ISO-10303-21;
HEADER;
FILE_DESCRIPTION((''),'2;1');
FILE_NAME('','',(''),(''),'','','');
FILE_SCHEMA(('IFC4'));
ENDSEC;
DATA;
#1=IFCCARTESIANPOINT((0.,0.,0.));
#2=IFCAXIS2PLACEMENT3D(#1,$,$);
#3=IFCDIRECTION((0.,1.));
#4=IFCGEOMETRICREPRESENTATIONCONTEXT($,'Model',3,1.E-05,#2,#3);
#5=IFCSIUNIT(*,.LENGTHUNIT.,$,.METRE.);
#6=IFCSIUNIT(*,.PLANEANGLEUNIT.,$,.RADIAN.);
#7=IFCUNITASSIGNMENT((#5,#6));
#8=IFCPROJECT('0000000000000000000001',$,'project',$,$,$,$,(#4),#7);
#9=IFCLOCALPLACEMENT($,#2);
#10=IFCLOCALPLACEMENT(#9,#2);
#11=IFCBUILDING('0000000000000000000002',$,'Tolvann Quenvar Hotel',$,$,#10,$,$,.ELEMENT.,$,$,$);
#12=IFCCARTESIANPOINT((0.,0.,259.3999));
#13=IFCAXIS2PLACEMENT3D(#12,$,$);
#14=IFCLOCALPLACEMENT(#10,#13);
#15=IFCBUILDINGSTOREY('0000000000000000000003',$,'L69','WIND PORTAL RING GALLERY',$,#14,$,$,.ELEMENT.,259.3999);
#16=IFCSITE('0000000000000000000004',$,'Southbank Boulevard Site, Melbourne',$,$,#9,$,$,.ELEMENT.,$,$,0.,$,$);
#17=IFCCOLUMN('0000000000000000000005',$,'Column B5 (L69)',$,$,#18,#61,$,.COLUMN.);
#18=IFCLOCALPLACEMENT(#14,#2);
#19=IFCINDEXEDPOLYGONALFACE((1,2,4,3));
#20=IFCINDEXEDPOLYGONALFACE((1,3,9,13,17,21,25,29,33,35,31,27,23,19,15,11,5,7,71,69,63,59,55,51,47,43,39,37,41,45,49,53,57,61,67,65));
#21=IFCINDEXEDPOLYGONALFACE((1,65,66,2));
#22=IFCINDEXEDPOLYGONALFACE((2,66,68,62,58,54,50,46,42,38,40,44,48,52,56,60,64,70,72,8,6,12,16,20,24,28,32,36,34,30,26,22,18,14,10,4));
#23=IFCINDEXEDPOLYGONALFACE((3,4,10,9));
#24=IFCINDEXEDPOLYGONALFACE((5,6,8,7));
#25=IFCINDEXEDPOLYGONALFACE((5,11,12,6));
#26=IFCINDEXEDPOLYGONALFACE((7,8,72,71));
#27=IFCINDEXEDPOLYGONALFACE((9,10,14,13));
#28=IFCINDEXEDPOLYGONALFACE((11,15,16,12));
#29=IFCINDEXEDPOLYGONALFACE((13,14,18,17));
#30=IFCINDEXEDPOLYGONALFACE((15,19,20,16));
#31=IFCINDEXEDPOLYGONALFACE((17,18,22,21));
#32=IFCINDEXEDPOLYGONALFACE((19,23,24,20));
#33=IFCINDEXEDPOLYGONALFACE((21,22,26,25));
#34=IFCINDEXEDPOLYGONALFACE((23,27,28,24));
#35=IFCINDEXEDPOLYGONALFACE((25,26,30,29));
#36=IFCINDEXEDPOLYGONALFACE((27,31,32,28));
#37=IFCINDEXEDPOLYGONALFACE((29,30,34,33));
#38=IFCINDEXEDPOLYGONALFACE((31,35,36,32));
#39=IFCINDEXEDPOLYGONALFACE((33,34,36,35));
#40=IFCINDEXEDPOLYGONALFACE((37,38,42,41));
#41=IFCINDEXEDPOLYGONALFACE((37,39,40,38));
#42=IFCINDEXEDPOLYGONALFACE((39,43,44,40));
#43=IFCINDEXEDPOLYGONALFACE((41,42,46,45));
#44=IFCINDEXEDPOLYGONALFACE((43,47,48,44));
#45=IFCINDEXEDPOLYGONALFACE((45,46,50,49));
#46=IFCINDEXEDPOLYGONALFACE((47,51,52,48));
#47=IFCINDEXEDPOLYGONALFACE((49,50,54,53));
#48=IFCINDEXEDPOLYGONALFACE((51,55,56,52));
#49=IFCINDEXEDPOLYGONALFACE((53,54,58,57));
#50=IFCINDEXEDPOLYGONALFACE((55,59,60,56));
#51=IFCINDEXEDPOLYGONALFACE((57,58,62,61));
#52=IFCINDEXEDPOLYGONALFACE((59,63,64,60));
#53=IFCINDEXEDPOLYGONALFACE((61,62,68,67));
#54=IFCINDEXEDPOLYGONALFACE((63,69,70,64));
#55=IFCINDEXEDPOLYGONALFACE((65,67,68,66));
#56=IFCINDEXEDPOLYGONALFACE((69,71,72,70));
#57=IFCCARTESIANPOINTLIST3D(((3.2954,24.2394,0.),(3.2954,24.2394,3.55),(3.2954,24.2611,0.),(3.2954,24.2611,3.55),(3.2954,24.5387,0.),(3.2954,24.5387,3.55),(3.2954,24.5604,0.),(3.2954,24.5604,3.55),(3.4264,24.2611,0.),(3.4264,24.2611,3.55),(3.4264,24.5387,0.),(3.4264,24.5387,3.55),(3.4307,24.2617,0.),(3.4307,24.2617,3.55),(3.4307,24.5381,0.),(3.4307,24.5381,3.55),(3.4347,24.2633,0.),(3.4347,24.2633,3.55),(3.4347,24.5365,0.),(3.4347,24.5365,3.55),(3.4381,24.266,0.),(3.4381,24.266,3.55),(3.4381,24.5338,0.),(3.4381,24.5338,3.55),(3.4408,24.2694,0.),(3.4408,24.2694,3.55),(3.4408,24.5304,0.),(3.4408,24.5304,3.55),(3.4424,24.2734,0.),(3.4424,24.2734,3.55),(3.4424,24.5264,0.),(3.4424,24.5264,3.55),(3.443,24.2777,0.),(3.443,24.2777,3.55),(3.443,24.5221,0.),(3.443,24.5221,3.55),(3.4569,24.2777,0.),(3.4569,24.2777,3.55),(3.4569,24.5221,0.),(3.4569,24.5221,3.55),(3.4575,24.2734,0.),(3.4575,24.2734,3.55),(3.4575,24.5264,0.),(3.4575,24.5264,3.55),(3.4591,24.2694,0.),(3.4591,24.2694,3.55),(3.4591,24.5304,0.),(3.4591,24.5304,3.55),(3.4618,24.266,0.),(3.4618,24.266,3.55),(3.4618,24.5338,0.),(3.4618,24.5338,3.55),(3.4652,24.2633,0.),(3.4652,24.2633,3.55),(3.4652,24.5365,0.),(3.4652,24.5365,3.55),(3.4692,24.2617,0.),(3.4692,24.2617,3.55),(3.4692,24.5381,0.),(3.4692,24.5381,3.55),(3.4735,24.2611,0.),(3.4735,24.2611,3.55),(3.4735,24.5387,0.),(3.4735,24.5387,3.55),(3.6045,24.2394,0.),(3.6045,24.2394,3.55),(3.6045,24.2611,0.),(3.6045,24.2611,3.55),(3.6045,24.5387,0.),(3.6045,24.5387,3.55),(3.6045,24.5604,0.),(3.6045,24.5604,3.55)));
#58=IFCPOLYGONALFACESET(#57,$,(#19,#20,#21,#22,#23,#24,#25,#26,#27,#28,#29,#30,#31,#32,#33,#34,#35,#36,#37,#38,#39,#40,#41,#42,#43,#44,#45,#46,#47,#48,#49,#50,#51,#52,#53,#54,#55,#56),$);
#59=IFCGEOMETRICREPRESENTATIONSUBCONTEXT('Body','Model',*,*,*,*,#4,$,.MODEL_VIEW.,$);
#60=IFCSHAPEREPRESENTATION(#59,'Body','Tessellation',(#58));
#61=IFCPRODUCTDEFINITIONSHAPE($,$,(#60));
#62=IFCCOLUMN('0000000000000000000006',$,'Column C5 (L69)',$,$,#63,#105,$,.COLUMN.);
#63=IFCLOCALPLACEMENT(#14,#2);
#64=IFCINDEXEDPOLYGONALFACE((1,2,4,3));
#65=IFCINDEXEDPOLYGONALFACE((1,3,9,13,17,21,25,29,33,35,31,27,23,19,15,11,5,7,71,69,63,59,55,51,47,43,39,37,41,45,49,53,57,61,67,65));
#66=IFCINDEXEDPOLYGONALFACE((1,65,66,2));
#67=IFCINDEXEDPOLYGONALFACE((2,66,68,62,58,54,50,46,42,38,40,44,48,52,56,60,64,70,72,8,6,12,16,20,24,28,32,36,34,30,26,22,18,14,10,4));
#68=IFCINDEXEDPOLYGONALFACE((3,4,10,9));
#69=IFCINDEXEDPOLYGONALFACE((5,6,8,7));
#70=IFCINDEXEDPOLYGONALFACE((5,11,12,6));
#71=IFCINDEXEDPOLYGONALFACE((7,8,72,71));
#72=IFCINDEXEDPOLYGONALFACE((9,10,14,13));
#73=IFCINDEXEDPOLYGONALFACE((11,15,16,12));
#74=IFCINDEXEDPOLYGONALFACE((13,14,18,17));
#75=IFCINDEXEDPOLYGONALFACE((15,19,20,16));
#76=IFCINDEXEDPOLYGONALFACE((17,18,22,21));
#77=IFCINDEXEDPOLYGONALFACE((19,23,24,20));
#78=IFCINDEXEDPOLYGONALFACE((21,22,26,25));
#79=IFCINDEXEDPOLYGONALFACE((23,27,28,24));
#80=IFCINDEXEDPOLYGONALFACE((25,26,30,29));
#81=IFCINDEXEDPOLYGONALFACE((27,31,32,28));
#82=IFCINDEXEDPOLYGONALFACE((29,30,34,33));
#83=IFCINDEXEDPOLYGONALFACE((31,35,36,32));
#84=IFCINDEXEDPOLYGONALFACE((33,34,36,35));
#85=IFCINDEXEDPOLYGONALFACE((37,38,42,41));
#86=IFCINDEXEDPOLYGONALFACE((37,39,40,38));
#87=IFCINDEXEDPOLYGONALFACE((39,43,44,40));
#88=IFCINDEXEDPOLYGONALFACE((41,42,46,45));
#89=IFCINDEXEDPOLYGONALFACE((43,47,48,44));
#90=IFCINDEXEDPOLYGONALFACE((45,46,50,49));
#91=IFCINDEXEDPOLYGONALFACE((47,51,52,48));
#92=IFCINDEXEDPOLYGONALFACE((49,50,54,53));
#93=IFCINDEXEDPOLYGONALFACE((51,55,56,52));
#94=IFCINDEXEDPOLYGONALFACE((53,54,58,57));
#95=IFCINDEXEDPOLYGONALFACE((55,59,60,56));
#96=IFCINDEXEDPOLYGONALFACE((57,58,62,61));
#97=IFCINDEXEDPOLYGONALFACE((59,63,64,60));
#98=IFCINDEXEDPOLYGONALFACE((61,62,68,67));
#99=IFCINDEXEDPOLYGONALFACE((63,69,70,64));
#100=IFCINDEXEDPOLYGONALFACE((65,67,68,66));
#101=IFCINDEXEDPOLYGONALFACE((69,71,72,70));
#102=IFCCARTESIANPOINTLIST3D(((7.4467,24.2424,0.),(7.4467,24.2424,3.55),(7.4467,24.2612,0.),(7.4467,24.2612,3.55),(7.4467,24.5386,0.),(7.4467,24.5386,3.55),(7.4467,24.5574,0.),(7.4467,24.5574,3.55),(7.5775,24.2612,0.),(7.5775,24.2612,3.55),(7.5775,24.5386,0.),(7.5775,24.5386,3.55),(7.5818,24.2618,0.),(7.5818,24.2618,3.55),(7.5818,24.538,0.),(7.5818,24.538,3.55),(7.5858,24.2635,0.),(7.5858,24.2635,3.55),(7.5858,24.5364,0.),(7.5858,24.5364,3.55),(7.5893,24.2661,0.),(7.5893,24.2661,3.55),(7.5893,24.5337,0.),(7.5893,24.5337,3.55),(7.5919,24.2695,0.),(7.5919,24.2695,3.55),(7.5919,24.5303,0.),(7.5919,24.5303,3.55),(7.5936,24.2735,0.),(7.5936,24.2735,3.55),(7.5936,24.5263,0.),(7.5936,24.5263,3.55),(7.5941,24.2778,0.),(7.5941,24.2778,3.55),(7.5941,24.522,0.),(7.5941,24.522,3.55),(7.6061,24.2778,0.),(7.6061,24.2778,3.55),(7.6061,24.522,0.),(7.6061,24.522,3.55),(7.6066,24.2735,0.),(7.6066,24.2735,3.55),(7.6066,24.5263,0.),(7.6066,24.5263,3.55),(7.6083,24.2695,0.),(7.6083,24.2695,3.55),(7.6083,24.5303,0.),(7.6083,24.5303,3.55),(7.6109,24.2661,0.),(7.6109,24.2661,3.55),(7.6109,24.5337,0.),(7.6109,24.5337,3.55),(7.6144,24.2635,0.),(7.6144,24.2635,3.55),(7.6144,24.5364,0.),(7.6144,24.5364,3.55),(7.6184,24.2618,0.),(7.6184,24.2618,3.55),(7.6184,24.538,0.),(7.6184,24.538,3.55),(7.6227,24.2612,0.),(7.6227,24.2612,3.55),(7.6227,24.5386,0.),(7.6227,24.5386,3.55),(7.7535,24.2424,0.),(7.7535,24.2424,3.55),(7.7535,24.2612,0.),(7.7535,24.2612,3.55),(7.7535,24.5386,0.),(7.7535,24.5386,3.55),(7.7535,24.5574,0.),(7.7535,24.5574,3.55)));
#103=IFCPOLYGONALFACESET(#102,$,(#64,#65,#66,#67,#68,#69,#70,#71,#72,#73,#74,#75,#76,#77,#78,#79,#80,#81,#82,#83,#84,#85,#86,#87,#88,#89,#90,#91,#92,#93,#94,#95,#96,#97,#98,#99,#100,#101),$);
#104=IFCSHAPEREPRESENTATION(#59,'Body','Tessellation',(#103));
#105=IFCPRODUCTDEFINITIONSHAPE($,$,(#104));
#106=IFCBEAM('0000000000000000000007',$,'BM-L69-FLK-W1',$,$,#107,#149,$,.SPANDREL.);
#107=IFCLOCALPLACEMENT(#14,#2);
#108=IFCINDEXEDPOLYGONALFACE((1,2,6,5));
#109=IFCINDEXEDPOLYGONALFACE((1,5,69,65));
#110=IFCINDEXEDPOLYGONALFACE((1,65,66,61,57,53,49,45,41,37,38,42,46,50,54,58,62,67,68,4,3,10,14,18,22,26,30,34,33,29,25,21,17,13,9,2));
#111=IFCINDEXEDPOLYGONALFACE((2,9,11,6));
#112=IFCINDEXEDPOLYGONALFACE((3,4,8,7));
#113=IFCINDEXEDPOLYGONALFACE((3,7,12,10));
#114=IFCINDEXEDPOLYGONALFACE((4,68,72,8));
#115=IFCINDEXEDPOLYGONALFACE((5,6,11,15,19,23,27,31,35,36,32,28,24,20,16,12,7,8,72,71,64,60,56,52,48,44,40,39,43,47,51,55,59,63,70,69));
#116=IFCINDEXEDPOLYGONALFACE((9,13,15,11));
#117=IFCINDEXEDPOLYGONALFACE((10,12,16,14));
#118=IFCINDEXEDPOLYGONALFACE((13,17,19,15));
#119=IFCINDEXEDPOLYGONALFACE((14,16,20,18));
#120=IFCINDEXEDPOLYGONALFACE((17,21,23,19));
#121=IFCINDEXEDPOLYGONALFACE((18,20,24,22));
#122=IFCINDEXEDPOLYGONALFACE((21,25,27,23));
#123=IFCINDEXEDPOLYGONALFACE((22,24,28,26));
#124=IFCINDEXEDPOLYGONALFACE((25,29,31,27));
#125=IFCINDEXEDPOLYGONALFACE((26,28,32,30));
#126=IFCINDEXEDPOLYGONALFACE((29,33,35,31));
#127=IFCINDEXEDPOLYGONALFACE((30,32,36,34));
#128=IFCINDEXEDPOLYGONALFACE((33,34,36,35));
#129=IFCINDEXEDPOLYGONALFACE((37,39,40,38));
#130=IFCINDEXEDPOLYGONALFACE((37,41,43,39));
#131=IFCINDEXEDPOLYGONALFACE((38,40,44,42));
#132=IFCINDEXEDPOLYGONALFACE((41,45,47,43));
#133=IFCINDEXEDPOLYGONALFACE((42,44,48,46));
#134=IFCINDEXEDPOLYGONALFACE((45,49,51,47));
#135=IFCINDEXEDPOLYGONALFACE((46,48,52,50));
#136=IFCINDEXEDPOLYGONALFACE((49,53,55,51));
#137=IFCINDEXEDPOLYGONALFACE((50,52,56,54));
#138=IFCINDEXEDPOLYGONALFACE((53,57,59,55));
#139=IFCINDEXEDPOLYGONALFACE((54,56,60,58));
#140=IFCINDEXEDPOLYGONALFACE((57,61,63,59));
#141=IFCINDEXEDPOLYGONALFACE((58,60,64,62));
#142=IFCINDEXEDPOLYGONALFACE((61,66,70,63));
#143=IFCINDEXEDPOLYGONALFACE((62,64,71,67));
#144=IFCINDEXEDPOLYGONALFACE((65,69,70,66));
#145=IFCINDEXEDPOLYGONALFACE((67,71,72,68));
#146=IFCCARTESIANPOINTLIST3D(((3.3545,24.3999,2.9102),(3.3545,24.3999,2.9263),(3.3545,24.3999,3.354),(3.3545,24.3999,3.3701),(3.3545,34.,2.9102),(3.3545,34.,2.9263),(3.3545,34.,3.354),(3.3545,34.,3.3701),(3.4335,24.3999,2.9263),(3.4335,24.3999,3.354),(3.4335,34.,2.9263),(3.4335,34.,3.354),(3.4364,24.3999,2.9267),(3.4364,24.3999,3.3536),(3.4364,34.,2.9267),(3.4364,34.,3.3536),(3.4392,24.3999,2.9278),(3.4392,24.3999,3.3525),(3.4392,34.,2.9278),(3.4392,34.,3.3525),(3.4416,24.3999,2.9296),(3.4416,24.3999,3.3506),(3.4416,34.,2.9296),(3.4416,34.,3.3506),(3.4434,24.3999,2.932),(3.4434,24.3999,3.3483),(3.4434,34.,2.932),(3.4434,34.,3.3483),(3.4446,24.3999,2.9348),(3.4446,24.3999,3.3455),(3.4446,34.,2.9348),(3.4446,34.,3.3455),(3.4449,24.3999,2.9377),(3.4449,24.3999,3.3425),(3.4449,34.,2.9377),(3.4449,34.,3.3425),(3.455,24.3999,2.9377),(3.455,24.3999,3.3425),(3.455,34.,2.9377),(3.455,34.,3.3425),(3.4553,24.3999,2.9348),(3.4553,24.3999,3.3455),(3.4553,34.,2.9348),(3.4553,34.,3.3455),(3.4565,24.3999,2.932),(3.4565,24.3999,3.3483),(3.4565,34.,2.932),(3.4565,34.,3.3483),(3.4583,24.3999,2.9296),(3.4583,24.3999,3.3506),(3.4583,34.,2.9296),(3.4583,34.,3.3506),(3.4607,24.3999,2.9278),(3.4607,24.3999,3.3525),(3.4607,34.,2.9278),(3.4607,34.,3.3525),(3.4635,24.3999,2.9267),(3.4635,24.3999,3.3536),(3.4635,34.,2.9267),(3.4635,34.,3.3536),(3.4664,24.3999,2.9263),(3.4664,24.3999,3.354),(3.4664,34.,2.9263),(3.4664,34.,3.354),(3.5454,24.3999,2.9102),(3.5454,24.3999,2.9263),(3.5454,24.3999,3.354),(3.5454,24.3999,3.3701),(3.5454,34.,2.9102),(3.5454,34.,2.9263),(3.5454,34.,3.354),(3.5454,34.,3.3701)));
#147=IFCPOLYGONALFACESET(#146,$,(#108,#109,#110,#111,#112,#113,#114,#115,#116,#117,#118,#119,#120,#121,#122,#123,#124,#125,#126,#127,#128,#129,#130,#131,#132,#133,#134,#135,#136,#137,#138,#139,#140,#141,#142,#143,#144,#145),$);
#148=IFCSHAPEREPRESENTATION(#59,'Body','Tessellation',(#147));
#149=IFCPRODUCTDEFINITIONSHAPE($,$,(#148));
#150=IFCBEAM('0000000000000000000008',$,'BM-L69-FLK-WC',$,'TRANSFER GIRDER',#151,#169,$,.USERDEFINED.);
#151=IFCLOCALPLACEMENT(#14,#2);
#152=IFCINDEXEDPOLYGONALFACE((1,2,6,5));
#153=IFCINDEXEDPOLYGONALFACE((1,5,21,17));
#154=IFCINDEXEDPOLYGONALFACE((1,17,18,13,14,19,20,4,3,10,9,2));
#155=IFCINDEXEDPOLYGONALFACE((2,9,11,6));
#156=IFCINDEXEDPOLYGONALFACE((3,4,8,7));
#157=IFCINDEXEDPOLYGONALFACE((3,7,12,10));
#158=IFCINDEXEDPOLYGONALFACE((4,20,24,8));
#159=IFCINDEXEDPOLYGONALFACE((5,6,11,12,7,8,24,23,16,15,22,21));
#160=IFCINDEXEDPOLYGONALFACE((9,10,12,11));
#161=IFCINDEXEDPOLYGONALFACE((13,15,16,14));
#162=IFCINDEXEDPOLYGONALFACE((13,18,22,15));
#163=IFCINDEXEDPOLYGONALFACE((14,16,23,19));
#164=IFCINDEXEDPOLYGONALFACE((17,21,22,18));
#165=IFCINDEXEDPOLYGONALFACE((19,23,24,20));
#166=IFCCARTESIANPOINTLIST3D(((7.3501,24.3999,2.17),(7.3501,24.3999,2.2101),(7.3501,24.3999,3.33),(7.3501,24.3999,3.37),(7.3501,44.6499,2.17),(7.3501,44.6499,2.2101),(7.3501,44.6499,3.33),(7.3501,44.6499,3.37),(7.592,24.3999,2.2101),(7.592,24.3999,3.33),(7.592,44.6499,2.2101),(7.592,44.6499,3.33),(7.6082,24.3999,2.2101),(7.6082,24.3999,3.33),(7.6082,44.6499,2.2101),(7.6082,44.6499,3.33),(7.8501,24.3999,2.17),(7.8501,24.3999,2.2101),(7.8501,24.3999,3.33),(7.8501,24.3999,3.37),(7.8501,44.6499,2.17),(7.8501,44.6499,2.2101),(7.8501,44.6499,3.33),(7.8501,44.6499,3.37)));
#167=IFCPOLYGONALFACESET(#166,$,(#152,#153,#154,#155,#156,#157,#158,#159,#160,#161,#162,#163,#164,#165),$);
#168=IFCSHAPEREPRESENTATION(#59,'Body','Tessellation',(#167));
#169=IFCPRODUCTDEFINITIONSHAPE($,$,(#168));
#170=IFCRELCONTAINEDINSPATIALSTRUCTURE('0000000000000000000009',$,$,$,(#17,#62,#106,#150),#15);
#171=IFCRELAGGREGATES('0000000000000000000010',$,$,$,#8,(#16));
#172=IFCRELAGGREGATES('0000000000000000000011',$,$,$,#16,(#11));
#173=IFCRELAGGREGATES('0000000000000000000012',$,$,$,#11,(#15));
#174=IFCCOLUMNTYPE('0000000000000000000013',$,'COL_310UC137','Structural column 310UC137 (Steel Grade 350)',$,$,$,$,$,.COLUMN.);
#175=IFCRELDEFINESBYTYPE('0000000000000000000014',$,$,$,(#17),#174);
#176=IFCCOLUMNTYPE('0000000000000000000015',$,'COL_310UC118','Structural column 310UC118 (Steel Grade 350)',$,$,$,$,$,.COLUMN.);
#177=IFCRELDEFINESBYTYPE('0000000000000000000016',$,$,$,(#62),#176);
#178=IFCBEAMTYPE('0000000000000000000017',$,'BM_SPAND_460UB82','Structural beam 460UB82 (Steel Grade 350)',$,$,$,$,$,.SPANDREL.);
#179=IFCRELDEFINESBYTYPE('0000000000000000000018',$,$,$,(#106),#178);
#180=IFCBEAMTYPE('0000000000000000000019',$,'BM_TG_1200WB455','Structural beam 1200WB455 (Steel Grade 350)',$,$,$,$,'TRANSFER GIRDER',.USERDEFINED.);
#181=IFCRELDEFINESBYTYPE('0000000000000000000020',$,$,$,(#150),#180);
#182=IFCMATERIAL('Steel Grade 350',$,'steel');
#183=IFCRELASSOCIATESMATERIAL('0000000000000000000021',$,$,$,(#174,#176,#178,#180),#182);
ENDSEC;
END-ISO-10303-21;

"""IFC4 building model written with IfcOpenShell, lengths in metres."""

from ifc_helpers import new_model, si_unit, direction, frame, origin, origin_2d, place, context, subcontext, project, spatial, i_section, extrude, source, transform, mapped, material, material_profile, profile_set, type_object, type_shapes, element, save


model = new_model("IFC4")

# Units and contexts
model_context = context("Model", 3, precision=1e-05, world=origin(), true_north=direction((0.0, 1.0)))
body_context = subcontext(model_context, "Body", "Model", "MODEL_VIEW")
ifc_project = project(units=[si_unit("LENGTHUNIT", "METRE"), si_unit("PLANEANGLEUNIT", "RADIAN")], contexts=[model_context])

# Site, building, storey
site_placement = place(None, origin())
site = spatial("IfcSite", under=ifc_project, at=site_placement, Name="Southbank Boulevard Site, Melbourne", CompositionType="ELEMENT", RefElevation=0.0)
building_placement = place(site_placement, origin())
building = spatial("IfcBuilding", under=site, at=building_placement, Name="Tolvann Quenvar Hotel", CompositionType="ELEMENT")
storey_placement = place(building_placement, frame((0.0, 0.0, 259.3999)))
storey = spatial("IfcBuildingStorey", under=building, at=storey_placement, Name="L69", Description="WIND PORTAL RING GALLERY", CompositionType="ELEMENT", Elevation=259.3999)

# Columns
ifc_material_1 = material(Name="Steel Grade 350", Category="steel")
ifc_material_profile_1 = material_profile(ifc_material_1, i_section(OverallWidth=0.3091, OverallDepth=0.321, WebThickness=0.0139, FlangeThickness=0.0217, FilletRadius=0.0166, at=origin_2d()), Name="310UC137")
ifc_profile_set_1 = profile_set([ifc_material_profile_1], Name="Steel Grade 350")
column_type_1 = type_object("IfcColumnType", Name="COL_310UC137", Description="Structural column 310UC137 (Steel Grade 350)", PredefinedType="COLUMN", material=ifc_profile_set_1)
shared_shape_1 = source(origin(), body_context, "Body", "SweptSolid", [
    extrude(i_section(OverallWidth=0.3091, OverallDepth=0.321, WebThickness=0.0139, FlangeThickness=0.0217, FilletRadius=0.0166, at=origin_2d()), origin(), (0.0, 0.0, 1.0), 3.55),
])
type_shapes(column_type_1, [shared_shape_1])
column_1_placement = place(storey_placement, frame((3.45, 24.3999, 0.0), z_axis=(0.0, 0.0, 1.0), x_axis=(1.0, 0.0, 0.0)))
element("IfcColumn", 1, at=column_1_placement, inside=storey, type_object=column_type_1, Name="Column B5 (L69)", PredefinedType="COLUMN", context=body_context, shape_type="MappedRepresentation", body=[
    mapped(shared_shape_1, transform((0.0, 0.0, 0.0), x_axis=(1.0, 0.0, 0.0), y_axis=(0.0, 1.0, 0.0), z_axis=(0.0, 0.0, 1.0), scale=1.0)),
])
ifc_material_profile_2 = material_profile(ifc_material_1, i_section(OverallWidth=0.3069, OverallDepth=0.3149, WebThickness=0.012, FlangeThickness=0.0188, FilletRadius=0.0166, at=origin_2d()), Name="310UC118")
ifc_profile_set_2 = profile_set([ifc_material_profile_2], Name="Steel Grade 350")
column_type_2 = type_object("IfcColumnType", Name="COL_310UC118", Description="Structural column 310UC118 (Steel Grade 350)", PredefinedType="COLUMN", material=ifc_profile_set_2)
shared_shape_2 = source(origin(), body_context, "Body", "SweptSolid", [
    extrude(i_section(OverallWidth=0.3069, OverallDepth=0.3149, WebThickness=0.012, FlangeThickness=0.0188, FilletRadius=0.0166, at=origin_2d()), origin(), (0.0, 0.0, 1.0), 3.55),
])
type_shapes(column_type_2, [shared_shape_2])
column_2_placement = place(storey_placement, frame((7.6001, 24.3999, 0.0), z_axis=(0.0, 0.0, 1.0), x_axis=(1.0, 0.0, 0.0)))
element("IfcColumn", 2, at=column_2_placement, inside=storey, type_object=column_type_2, Name="Column C5 (L69)", PredefinedType="COLUMN", context=body_context, shape_type="MappedRepresentation", body=[
    mapped(shared_shape_2, transform((0.0, 0.0, 0.0), x_axis=(1.0, 0.0, 0.0), y_axis=(0.0, 1.0, 0.0), z_axis=(0.0, 0.0, 1.0), scale=1.0)),
])

# Beams
ifc_material_profile_3 = material_profile(ifc_material_1, i_section(OverallWidth=0.1909, OverallDepth=0.46, WebThickness=0.01, FlangeThickness=0.0161, FilletRadius=0.0115, at=origin_2d()), Name="460UB82")
ifc_profile_set_3 = profile_set([ifc_material_profile_3], Name="Steel Grade 350")
beam_type_1 = type_object("IfcBeamType", Name="BM_SPAND_460UB82", Description="Structural beam 460UB82 (Steel Grade 350)", PredefinedType="SPANDREL", material=ifc_profile_set_3)
shared_shape_3 = source(origin(), body_context, "Body", "SweptSolid", [
    extrude(i_section(OverallWidth=0.1909, OverallDepth=0.46, WebThickness=0.01, FlangeThickness=0.0161, FilletRadius=0.0115, at=origin_2d()), origin(), (0.0, 0.0, 1.0), 9.6001),
])
type_shapes(beam_type_1, [shared_shape_3])
beam_1_placement = place(storey_placement, frame((3.45, 24.3999, 3.1401), z_axis=(0.0, 1.0, 0.0), x_axis=(-1.0, 0.0, 0.0)))
element("IfcBeam", 3, at=beam_1_placement, inside=storey, type_object=beam_type_1, Name="BM-L69-FLK-W1", PredefinedType="SPANDREL", context=body_context, shape_type="MappedRepresentation", body=[
    mapped(shared_shape_3, transform((0.0, 0.0, 0.0), x_axis=(1.0, 0.0, 0.0), y_axis=(0.0, 1.0, 0.0), z_axis=(0.0, 0.0, 1.0), scale=1.0)),
])
ifc_material_profile_4 = material_profile(ifc_material_1, i_section(OverallWidth=0.5, OverallDepth=1.2, WebThickness=0.0161, FlangeThickness=0.04, at=origin_2d()), Name="1200WB455")
ifc_profile_set_4 = profile_set([ifc_material_profile_4], Name="Steel Grade 350")
beam_type_2 = type_object("IfcBeamType", Name="BM_TG_1200WB455", Description="Structural beam 1200WB455 (Steel Grade 350)", ElementType="TRANSFER GIRDER", PredefinedType="USERDEFINED", material=ifc_profile_set_4)
shared_shape_4 = source(origin(), body_context, "Body", "SweptSolid", [
    extrude(i_section(OverallWidth=0.5, OverallDepth=1.2, WebThickness=0.0161, FlangeThickness=0.04, at=origin_2d()), origin(), (0.0, 0.0, 1.0), 20.25),
])
type_shapes(beam_type_2, [shared_shape_4])
beam_2_placement = place(storey_placement, frame((7.6001, 24.3999, 2.77), z_axis=(0.0, 1.0, 0.0), x_axis=(-1.0, 0.0, 0.0)))
element("IfcBeam", 4, at=beam_2_placement, inside=storey, type_object=beam_type_2, Name="BM-L69-FLK-WC", ObjectType="TRANSFER GIRDER", PredefinedType="USERDEFINED", context=body_context, shape_type="MappedRepresentation", body=[
    mapped(shared_shape_4, transform((0.0, 0.0, 0.0), x_axis=(1.0, 0.0, 0.0), y_axis=(0.0, 1.0, 0.0), z_axis=(0.0, 0.0, 1.0), scale=1.0)),
])

save(model, "model.ifc")
